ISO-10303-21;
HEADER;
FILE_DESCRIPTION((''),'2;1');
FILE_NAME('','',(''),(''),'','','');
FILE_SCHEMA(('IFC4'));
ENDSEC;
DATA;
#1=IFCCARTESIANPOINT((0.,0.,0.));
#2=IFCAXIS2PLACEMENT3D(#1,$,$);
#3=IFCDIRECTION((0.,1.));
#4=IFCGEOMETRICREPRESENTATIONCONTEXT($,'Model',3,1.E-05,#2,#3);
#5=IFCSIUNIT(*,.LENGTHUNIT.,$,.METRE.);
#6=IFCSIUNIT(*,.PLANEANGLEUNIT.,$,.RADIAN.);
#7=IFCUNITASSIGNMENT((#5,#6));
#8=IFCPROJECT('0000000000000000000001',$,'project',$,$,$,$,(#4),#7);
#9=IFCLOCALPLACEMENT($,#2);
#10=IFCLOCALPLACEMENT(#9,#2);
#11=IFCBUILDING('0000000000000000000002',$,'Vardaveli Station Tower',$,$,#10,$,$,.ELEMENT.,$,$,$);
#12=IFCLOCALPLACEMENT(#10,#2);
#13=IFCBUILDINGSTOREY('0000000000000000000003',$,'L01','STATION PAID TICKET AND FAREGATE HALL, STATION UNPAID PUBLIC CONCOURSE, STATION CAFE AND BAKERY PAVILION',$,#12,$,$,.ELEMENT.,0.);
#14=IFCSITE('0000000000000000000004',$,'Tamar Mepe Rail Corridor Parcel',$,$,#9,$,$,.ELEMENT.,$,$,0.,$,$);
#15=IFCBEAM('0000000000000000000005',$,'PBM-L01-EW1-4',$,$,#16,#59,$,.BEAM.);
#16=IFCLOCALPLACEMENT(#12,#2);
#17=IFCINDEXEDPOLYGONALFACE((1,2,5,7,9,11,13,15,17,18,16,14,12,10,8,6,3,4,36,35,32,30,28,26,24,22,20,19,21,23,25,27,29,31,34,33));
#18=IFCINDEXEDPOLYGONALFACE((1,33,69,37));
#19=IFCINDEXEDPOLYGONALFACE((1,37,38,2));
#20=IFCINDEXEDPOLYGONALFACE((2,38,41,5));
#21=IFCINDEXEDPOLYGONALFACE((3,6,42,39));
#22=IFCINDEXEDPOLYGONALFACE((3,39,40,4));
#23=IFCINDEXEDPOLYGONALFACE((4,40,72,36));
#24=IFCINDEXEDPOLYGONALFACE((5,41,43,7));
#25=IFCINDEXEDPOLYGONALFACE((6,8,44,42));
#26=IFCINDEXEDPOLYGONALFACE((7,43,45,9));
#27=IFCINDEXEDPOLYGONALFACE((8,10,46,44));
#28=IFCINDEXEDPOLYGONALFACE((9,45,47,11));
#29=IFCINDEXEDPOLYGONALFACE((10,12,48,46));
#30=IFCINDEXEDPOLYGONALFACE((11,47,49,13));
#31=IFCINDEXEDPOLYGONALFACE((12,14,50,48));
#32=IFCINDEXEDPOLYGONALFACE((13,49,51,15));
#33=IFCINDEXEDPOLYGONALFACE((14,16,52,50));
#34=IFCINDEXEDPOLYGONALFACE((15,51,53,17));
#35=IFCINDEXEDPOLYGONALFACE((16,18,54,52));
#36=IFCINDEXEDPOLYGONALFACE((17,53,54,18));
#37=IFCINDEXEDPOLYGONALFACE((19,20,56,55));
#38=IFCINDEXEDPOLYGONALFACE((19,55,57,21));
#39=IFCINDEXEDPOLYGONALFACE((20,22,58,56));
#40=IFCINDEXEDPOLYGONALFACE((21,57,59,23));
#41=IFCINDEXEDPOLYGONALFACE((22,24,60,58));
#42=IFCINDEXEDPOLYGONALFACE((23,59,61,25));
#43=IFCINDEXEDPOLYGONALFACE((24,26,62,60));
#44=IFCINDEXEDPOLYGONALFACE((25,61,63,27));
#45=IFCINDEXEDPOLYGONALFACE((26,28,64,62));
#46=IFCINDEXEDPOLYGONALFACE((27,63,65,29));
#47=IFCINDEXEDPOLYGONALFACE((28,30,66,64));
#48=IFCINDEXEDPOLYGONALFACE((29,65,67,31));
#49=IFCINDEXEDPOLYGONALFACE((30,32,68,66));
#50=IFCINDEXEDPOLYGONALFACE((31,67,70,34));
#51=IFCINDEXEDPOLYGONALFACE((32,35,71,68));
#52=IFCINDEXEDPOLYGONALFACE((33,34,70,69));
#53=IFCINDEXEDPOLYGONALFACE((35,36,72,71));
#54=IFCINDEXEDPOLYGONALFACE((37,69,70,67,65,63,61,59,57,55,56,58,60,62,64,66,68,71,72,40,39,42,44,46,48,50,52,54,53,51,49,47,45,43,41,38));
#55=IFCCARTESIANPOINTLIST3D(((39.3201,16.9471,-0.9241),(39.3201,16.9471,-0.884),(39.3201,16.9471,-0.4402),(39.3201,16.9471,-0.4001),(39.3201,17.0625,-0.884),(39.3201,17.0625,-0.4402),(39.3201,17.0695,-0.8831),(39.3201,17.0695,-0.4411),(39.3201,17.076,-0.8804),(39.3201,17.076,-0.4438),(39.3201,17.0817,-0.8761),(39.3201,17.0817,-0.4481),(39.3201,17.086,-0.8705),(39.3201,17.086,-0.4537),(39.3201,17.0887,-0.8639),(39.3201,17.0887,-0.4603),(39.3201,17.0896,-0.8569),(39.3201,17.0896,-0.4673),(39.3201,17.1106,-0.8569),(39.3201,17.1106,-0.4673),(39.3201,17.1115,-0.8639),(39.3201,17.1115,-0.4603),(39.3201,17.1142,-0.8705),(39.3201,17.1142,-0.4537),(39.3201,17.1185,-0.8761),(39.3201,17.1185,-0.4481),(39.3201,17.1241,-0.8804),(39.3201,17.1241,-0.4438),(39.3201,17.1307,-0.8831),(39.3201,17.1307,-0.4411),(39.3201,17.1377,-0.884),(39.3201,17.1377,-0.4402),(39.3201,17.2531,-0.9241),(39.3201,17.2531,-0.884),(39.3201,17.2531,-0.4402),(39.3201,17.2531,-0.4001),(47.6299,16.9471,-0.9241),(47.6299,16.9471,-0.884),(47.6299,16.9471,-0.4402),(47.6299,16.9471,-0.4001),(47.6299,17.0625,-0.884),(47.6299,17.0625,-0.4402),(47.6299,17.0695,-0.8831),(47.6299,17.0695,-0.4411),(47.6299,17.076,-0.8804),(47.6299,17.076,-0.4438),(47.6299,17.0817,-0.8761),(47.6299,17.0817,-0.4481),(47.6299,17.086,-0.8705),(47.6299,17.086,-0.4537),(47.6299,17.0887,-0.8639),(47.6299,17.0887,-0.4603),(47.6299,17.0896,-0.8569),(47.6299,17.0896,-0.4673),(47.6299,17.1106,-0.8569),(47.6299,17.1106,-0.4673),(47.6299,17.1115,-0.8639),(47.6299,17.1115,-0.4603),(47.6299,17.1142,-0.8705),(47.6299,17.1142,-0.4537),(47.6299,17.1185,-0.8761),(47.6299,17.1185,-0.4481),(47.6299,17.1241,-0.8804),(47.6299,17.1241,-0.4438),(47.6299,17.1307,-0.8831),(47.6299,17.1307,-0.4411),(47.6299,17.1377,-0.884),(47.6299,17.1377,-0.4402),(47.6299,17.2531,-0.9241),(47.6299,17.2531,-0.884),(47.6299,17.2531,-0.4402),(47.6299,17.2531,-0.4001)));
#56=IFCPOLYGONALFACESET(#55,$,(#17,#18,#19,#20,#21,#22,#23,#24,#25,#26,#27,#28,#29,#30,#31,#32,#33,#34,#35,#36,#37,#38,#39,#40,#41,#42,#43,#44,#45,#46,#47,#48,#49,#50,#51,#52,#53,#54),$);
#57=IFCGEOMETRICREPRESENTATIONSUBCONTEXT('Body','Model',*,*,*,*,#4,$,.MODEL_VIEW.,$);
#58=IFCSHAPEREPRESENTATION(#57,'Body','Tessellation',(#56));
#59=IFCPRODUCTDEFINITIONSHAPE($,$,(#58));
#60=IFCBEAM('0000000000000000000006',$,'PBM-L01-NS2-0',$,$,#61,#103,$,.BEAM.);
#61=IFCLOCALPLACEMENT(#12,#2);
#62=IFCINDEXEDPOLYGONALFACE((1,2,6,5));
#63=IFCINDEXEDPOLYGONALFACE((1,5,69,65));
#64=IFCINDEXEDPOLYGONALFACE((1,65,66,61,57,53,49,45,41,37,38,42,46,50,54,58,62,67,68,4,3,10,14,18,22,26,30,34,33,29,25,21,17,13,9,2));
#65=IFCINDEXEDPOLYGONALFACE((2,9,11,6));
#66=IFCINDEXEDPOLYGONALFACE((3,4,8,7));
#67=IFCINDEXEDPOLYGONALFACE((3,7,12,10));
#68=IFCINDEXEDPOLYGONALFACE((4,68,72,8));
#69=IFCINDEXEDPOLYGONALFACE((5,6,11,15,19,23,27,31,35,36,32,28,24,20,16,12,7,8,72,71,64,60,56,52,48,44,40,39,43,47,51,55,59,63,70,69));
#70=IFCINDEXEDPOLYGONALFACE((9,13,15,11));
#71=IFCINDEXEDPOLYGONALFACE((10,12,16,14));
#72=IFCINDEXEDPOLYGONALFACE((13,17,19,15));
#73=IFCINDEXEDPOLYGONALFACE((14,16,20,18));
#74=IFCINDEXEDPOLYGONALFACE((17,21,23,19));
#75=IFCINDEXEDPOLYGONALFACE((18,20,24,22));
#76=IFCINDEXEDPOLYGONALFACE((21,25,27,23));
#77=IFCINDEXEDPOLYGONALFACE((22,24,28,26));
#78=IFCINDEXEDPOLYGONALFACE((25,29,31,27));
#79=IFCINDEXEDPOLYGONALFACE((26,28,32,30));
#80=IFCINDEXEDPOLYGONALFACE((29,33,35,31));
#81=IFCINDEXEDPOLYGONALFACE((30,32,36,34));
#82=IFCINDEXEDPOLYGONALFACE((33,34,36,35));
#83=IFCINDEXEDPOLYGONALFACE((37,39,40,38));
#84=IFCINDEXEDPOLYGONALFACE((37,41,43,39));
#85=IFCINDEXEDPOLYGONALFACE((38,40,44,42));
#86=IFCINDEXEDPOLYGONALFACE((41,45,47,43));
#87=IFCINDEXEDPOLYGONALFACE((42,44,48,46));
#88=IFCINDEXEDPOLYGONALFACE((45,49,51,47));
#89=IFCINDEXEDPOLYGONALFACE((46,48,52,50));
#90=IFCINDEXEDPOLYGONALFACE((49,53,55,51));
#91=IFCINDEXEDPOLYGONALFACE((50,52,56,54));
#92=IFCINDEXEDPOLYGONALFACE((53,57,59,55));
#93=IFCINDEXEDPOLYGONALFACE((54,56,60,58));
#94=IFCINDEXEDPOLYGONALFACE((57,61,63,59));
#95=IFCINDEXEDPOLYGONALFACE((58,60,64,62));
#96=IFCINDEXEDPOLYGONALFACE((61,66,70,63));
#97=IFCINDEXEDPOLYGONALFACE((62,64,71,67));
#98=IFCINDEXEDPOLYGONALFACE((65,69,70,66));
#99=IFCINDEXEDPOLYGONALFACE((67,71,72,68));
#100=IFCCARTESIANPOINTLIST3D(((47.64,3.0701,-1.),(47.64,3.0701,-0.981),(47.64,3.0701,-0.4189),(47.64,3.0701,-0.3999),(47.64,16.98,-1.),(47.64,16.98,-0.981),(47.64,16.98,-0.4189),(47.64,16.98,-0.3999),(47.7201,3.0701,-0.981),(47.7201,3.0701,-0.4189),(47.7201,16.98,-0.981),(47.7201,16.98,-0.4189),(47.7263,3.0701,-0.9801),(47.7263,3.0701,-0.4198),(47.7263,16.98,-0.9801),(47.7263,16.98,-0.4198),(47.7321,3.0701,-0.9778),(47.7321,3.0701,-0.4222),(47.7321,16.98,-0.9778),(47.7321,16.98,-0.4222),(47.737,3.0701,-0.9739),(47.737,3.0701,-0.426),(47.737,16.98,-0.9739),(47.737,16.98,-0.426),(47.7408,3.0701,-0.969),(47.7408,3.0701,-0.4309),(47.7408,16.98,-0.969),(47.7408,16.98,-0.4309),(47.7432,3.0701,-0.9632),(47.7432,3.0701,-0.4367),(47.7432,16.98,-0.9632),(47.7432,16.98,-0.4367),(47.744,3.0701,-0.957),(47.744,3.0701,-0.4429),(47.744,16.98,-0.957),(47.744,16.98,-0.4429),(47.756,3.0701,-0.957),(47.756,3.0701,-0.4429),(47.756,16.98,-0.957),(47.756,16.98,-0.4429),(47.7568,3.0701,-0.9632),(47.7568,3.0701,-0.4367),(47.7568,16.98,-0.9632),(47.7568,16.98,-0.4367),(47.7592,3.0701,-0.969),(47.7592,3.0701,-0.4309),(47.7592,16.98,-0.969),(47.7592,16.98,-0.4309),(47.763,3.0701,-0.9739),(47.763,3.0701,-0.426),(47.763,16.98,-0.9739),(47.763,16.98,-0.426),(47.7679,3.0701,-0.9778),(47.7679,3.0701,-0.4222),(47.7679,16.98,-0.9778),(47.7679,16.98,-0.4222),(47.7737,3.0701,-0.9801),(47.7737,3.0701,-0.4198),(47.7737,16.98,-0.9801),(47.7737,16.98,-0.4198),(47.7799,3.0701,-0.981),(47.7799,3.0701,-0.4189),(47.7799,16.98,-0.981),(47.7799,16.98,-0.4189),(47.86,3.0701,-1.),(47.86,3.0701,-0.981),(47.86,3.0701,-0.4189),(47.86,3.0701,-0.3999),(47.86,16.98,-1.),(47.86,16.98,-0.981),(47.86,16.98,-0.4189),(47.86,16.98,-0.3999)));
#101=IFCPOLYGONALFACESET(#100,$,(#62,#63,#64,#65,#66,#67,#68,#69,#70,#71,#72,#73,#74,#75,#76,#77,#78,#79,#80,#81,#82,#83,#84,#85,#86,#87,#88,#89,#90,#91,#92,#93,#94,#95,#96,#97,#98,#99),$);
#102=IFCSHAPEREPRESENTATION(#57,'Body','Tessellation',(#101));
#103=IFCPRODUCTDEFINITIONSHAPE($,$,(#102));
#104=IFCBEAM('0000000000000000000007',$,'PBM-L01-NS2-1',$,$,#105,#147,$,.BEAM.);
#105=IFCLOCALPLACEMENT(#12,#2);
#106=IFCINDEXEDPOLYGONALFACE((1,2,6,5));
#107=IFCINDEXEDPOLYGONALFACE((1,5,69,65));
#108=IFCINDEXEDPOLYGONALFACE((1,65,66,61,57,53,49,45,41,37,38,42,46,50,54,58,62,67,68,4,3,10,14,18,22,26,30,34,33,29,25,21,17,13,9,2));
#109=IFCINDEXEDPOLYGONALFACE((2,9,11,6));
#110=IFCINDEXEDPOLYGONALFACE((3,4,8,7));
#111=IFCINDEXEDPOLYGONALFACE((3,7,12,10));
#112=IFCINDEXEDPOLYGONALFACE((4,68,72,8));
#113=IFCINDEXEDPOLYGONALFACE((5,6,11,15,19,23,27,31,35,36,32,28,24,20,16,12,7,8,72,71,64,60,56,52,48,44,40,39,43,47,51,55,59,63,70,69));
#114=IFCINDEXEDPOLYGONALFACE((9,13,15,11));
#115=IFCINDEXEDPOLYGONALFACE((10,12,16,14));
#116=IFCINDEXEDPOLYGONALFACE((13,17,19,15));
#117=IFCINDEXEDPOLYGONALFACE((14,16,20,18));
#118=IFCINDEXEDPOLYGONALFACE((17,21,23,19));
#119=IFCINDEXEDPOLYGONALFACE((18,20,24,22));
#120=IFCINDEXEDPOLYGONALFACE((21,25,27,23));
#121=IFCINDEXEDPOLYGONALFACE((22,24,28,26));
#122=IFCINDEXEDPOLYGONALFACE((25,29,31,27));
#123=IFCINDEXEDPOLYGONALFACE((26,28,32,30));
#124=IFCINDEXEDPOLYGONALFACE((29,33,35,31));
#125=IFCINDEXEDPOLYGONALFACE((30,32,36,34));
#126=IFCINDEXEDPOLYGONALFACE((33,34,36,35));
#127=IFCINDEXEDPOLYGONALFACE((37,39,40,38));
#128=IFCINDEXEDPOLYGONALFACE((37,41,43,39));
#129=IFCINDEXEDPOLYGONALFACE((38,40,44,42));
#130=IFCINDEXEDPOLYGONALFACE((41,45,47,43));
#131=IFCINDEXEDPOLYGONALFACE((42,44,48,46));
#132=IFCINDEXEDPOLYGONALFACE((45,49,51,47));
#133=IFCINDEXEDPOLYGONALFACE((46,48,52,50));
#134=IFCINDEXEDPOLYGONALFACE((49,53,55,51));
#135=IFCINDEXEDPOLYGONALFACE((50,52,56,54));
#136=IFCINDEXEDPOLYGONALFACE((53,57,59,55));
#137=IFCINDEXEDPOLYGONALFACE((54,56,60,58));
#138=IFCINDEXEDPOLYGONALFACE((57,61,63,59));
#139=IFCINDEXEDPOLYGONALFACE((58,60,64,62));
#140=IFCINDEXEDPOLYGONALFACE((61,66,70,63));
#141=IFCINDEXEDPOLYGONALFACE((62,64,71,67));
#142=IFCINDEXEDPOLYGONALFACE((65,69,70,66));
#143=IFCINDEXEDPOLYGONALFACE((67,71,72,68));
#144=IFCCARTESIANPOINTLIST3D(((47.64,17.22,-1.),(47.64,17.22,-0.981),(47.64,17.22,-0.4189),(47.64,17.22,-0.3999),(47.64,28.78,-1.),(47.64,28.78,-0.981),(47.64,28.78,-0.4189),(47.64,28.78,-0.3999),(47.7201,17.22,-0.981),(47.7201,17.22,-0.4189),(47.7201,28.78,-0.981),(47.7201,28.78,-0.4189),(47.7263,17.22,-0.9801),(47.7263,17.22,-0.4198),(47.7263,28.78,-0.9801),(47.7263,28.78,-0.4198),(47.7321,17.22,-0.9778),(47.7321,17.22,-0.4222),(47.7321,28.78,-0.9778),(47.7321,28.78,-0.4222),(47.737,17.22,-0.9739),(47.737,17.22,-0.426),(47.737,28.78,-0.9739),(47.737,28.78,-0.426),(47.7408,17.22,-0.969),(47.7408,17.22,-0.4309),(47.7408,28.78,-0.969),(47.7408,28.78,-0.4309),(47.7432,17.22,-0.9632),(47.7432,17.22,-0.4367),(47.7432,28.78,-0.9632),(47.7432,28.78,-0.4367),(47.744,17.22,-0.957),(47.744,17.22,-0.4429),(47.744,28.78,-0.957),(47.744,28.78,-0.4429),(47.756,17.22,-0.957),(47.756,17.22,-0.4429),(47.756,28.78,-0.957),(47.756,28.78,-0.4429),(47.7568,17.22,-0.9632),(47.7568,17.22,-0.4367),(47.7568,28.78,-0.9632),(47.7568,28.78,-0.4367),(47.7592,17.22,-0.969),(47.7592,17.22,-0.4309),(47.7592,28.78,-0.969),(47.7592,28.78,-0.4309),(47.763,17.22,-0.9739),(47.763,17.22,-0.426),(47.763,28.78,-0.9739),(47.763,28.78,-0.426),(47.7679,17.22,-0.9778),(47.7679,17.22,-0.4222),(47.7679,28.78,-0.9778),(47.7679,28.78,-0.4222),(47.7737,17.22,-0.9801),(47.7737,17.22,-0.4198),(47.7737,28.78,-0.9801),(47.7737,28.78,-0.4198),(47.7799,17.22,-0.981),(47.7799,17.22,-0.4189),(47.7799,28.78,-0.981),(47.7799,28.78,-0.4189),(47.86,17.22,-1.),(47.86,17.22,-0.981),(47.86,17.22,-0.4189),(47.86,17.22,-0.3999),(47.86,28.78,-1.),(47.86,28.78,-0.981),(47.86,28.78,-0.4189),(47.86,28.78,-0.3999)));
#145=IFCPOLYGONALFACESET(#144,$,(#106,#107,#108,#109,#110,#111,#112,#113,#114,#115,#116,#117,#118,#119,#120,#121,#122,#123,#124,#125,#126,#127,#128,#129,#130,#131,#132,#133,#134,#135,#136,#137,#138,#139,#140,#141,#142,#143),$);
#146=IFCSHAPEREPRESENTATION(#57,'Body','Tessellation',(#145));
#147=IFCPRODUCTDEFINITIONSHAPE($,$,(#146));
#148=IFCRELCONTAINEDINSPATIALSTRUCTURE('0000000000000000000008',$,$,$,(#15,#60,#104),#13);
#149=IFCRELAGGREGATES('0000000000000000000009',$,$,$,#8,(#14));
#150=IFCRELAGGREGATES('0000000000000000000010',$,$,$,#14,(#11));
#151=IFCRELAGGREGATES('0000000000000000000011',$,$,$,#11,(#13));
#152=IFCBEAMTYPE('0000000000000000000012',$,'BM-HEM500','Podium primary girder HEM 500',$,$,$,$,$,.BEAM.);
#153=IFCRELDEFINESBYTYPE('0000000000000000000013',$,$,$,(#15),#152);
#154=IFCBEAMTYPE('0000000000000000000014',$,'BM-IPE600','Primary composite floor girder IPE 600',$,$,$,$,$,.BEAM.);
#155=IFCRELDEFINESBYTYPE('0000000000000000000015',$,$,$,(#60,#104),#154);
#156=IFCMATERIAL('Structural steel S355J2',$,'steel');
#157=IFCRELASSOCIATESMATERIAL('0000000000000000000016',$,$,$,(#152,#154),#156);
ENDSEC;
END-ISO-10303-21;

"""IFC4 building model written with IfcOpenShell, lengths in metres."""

from ifc_helpers import new_model, si_unit, direction, frame, origin, origin_2d, place, context, subcontext, project, spatial, i_section, extrude, source, transform, mapped, material, material_profile, profile_set, type_object, element, save


model = new_model("IFC4")

# Units and contexts
model_context = context("Model", 3, precision=1e-05, world=origin(), true_north=direction((0.0, 1.0)))
body_context = subcontext(model_context, "Body", "Model", "MODEL_VIEW")
ifc_project = project(units=[si_unit("LENGTHUNIT", "METRE"), si_unit("PLANEANGLEUNIT", "RADIAN")], contexts=[model_context])

# Site, building, storey
site_placement = place(None, origin())
site = spatial("IfcSite", under=ifc_project, at=site_placement, Name="Tamar Mepe Rail Corridor Parcel", CompositionType="ELEMENT", RefElevation=0.0)
building_placement = place(site_placement, origin())
building = spatial("IfcBuilding", under=site, at=building_placement, Name="Vardaveli Station Tower", CompositionType="ELEMENT")
storey_placement = place(building_placement, origin())
storey = spatial("IfcBuildingStorey", under=building, at=storey_placement, Name="L01", Description="STATION PAID TICKET AND FAREGATE HALL, STATION UNPAID PUBLIC CONCOURSE, STATION CAFE AND BAKERY PAVILION", CompositionType="ELEMENT", Elevation=0.0)

# Beams
ifc_material_1 = material(Name="Structural steel S355J2", Category="steel")
ifc_material_profile_1 = material_profile(ifc_material_1, i_section(OverallWidth=0.3059, OverallDepth=0.5239, WebThickness=0.021, FlangeThickness=0.04, FilletRadius=0.0271, at=origin_2d()), Name="HEM 500")
ifc_profile_set_1 = profile_set([ifc_material_profile_1], Name="Structural steel S355J2")
beam_type_1 = type_object("IfcBeamType", Name="BM-HEM500", Description="Podium primary girder HEM 500", PredefinedType="BEAM", material=ifc_profile_set_1)
shared_shape_1 = source(origin(), body_context, "Body", "SweptSolid", [
    extrude(i_section(OverallWidth=0.3059, OverallDepth=0.5239, WebThickness=0.021, FlangeThickness=0.04, FilletRadius=0.0271, at=origin_2d()), origin(), (0.0, 0.0, 1.0), 8.3098),
])
beam_1_placement = place(storey_placement, frame((39.3201, 17.1001, -0.6621), z_axis=(1.0, 0.0, 0.0), x_axis=(0.0, 1.0, 0.0)))
element("IfcBeam", 1, at=beam_1_placement, inside=storey, type_object=beam_type_1, Name="PBM-L01-EW1-4", PredefinedType="BEAM", context=body_context, shape_type="MappedRepresentation", body=[
    mapped(shared_shape_1, transform((0.0, 0.0, 0.0), scale=1.0)),
])
ifc_material_profile_2 = material_profile(ifc_material_1, i_section(OverallWidth=0.22, OverallDepth=0.6001, WebThickness=0.012, FlangeThickness=0.019, FilletRadius=0.0239, at=origin_2d()), Name="IPE 600")
ifc_profile_set_2 = profile_set([ifc_material_profile_2], Name="Structural steel S355J2")
beam_type_2 = type_object("IfcBeamType", Name="BM-IPE600", Description="Primary composite floor girder IPE 600", PredefinedType="BEAM", material=ifc_profile_set_2)
shared_shape_2 = source(origin(), body_context, "Body", "SweptSolid", [
    extrude(i_section(OverallWidth=0.22, OverallDepth=0.6001, WebThickness=0.012, FlangeThickness=0.019, FilletRadius=0.0239, at=origin_2d()), origin(), (0.0, 0.0, 1.0), 13.9099),
])
beam_2_placement = place(storey_placement, frame((47.75, 3.0701, -0.7), z_axis=(0.0, 1.0, 0.0), x_axis=(-1.0, 0.0, 0.0)))
element("IfcBeam", 2, at=beam_2_placement, inside=storey, type_object=beam_type_2, Name="PBM-L01-NS2-0", PredefinedType="BEAM", context=body_context, shape_type="MappedRepresentation", body=[
    mapped(shared_shape_2, transform((0.0, 0.0, 0.0), scale=1.0)),
])
shared_shape_3 = source(origin(), body_context, "Body", "SweptSolid", [
    extrude(i_section(OverallWidth=0.22, OverallDepth=0.6001, WebThickness=0.012, FlangeThickness=0.019, FilletRadius=0.0239, at=origin_2d()), origin(), (0.0, 0.0, 1.0), 11.5601),
])
beam_3_placement = place(storey_placement, frame((47.75, 17.22, -0.7), z_axis=(0.0, 1.0, 0.0), x_axis=(-1.0, 0.0, 0.0)))
element("IfcBeam", 3, at=beam_3_placement, inside=storey, type_object=beam_type_2, Name="PBM-L01-NS2-1", PredefinedType="BEAM", context=body_context, shape_type="MappedRepresentation", body=[
    mapped(shared_shape_3, transform((0.0, 0.0, 0.0), scale=1.0)),
])

save(model, "model.ifc")
